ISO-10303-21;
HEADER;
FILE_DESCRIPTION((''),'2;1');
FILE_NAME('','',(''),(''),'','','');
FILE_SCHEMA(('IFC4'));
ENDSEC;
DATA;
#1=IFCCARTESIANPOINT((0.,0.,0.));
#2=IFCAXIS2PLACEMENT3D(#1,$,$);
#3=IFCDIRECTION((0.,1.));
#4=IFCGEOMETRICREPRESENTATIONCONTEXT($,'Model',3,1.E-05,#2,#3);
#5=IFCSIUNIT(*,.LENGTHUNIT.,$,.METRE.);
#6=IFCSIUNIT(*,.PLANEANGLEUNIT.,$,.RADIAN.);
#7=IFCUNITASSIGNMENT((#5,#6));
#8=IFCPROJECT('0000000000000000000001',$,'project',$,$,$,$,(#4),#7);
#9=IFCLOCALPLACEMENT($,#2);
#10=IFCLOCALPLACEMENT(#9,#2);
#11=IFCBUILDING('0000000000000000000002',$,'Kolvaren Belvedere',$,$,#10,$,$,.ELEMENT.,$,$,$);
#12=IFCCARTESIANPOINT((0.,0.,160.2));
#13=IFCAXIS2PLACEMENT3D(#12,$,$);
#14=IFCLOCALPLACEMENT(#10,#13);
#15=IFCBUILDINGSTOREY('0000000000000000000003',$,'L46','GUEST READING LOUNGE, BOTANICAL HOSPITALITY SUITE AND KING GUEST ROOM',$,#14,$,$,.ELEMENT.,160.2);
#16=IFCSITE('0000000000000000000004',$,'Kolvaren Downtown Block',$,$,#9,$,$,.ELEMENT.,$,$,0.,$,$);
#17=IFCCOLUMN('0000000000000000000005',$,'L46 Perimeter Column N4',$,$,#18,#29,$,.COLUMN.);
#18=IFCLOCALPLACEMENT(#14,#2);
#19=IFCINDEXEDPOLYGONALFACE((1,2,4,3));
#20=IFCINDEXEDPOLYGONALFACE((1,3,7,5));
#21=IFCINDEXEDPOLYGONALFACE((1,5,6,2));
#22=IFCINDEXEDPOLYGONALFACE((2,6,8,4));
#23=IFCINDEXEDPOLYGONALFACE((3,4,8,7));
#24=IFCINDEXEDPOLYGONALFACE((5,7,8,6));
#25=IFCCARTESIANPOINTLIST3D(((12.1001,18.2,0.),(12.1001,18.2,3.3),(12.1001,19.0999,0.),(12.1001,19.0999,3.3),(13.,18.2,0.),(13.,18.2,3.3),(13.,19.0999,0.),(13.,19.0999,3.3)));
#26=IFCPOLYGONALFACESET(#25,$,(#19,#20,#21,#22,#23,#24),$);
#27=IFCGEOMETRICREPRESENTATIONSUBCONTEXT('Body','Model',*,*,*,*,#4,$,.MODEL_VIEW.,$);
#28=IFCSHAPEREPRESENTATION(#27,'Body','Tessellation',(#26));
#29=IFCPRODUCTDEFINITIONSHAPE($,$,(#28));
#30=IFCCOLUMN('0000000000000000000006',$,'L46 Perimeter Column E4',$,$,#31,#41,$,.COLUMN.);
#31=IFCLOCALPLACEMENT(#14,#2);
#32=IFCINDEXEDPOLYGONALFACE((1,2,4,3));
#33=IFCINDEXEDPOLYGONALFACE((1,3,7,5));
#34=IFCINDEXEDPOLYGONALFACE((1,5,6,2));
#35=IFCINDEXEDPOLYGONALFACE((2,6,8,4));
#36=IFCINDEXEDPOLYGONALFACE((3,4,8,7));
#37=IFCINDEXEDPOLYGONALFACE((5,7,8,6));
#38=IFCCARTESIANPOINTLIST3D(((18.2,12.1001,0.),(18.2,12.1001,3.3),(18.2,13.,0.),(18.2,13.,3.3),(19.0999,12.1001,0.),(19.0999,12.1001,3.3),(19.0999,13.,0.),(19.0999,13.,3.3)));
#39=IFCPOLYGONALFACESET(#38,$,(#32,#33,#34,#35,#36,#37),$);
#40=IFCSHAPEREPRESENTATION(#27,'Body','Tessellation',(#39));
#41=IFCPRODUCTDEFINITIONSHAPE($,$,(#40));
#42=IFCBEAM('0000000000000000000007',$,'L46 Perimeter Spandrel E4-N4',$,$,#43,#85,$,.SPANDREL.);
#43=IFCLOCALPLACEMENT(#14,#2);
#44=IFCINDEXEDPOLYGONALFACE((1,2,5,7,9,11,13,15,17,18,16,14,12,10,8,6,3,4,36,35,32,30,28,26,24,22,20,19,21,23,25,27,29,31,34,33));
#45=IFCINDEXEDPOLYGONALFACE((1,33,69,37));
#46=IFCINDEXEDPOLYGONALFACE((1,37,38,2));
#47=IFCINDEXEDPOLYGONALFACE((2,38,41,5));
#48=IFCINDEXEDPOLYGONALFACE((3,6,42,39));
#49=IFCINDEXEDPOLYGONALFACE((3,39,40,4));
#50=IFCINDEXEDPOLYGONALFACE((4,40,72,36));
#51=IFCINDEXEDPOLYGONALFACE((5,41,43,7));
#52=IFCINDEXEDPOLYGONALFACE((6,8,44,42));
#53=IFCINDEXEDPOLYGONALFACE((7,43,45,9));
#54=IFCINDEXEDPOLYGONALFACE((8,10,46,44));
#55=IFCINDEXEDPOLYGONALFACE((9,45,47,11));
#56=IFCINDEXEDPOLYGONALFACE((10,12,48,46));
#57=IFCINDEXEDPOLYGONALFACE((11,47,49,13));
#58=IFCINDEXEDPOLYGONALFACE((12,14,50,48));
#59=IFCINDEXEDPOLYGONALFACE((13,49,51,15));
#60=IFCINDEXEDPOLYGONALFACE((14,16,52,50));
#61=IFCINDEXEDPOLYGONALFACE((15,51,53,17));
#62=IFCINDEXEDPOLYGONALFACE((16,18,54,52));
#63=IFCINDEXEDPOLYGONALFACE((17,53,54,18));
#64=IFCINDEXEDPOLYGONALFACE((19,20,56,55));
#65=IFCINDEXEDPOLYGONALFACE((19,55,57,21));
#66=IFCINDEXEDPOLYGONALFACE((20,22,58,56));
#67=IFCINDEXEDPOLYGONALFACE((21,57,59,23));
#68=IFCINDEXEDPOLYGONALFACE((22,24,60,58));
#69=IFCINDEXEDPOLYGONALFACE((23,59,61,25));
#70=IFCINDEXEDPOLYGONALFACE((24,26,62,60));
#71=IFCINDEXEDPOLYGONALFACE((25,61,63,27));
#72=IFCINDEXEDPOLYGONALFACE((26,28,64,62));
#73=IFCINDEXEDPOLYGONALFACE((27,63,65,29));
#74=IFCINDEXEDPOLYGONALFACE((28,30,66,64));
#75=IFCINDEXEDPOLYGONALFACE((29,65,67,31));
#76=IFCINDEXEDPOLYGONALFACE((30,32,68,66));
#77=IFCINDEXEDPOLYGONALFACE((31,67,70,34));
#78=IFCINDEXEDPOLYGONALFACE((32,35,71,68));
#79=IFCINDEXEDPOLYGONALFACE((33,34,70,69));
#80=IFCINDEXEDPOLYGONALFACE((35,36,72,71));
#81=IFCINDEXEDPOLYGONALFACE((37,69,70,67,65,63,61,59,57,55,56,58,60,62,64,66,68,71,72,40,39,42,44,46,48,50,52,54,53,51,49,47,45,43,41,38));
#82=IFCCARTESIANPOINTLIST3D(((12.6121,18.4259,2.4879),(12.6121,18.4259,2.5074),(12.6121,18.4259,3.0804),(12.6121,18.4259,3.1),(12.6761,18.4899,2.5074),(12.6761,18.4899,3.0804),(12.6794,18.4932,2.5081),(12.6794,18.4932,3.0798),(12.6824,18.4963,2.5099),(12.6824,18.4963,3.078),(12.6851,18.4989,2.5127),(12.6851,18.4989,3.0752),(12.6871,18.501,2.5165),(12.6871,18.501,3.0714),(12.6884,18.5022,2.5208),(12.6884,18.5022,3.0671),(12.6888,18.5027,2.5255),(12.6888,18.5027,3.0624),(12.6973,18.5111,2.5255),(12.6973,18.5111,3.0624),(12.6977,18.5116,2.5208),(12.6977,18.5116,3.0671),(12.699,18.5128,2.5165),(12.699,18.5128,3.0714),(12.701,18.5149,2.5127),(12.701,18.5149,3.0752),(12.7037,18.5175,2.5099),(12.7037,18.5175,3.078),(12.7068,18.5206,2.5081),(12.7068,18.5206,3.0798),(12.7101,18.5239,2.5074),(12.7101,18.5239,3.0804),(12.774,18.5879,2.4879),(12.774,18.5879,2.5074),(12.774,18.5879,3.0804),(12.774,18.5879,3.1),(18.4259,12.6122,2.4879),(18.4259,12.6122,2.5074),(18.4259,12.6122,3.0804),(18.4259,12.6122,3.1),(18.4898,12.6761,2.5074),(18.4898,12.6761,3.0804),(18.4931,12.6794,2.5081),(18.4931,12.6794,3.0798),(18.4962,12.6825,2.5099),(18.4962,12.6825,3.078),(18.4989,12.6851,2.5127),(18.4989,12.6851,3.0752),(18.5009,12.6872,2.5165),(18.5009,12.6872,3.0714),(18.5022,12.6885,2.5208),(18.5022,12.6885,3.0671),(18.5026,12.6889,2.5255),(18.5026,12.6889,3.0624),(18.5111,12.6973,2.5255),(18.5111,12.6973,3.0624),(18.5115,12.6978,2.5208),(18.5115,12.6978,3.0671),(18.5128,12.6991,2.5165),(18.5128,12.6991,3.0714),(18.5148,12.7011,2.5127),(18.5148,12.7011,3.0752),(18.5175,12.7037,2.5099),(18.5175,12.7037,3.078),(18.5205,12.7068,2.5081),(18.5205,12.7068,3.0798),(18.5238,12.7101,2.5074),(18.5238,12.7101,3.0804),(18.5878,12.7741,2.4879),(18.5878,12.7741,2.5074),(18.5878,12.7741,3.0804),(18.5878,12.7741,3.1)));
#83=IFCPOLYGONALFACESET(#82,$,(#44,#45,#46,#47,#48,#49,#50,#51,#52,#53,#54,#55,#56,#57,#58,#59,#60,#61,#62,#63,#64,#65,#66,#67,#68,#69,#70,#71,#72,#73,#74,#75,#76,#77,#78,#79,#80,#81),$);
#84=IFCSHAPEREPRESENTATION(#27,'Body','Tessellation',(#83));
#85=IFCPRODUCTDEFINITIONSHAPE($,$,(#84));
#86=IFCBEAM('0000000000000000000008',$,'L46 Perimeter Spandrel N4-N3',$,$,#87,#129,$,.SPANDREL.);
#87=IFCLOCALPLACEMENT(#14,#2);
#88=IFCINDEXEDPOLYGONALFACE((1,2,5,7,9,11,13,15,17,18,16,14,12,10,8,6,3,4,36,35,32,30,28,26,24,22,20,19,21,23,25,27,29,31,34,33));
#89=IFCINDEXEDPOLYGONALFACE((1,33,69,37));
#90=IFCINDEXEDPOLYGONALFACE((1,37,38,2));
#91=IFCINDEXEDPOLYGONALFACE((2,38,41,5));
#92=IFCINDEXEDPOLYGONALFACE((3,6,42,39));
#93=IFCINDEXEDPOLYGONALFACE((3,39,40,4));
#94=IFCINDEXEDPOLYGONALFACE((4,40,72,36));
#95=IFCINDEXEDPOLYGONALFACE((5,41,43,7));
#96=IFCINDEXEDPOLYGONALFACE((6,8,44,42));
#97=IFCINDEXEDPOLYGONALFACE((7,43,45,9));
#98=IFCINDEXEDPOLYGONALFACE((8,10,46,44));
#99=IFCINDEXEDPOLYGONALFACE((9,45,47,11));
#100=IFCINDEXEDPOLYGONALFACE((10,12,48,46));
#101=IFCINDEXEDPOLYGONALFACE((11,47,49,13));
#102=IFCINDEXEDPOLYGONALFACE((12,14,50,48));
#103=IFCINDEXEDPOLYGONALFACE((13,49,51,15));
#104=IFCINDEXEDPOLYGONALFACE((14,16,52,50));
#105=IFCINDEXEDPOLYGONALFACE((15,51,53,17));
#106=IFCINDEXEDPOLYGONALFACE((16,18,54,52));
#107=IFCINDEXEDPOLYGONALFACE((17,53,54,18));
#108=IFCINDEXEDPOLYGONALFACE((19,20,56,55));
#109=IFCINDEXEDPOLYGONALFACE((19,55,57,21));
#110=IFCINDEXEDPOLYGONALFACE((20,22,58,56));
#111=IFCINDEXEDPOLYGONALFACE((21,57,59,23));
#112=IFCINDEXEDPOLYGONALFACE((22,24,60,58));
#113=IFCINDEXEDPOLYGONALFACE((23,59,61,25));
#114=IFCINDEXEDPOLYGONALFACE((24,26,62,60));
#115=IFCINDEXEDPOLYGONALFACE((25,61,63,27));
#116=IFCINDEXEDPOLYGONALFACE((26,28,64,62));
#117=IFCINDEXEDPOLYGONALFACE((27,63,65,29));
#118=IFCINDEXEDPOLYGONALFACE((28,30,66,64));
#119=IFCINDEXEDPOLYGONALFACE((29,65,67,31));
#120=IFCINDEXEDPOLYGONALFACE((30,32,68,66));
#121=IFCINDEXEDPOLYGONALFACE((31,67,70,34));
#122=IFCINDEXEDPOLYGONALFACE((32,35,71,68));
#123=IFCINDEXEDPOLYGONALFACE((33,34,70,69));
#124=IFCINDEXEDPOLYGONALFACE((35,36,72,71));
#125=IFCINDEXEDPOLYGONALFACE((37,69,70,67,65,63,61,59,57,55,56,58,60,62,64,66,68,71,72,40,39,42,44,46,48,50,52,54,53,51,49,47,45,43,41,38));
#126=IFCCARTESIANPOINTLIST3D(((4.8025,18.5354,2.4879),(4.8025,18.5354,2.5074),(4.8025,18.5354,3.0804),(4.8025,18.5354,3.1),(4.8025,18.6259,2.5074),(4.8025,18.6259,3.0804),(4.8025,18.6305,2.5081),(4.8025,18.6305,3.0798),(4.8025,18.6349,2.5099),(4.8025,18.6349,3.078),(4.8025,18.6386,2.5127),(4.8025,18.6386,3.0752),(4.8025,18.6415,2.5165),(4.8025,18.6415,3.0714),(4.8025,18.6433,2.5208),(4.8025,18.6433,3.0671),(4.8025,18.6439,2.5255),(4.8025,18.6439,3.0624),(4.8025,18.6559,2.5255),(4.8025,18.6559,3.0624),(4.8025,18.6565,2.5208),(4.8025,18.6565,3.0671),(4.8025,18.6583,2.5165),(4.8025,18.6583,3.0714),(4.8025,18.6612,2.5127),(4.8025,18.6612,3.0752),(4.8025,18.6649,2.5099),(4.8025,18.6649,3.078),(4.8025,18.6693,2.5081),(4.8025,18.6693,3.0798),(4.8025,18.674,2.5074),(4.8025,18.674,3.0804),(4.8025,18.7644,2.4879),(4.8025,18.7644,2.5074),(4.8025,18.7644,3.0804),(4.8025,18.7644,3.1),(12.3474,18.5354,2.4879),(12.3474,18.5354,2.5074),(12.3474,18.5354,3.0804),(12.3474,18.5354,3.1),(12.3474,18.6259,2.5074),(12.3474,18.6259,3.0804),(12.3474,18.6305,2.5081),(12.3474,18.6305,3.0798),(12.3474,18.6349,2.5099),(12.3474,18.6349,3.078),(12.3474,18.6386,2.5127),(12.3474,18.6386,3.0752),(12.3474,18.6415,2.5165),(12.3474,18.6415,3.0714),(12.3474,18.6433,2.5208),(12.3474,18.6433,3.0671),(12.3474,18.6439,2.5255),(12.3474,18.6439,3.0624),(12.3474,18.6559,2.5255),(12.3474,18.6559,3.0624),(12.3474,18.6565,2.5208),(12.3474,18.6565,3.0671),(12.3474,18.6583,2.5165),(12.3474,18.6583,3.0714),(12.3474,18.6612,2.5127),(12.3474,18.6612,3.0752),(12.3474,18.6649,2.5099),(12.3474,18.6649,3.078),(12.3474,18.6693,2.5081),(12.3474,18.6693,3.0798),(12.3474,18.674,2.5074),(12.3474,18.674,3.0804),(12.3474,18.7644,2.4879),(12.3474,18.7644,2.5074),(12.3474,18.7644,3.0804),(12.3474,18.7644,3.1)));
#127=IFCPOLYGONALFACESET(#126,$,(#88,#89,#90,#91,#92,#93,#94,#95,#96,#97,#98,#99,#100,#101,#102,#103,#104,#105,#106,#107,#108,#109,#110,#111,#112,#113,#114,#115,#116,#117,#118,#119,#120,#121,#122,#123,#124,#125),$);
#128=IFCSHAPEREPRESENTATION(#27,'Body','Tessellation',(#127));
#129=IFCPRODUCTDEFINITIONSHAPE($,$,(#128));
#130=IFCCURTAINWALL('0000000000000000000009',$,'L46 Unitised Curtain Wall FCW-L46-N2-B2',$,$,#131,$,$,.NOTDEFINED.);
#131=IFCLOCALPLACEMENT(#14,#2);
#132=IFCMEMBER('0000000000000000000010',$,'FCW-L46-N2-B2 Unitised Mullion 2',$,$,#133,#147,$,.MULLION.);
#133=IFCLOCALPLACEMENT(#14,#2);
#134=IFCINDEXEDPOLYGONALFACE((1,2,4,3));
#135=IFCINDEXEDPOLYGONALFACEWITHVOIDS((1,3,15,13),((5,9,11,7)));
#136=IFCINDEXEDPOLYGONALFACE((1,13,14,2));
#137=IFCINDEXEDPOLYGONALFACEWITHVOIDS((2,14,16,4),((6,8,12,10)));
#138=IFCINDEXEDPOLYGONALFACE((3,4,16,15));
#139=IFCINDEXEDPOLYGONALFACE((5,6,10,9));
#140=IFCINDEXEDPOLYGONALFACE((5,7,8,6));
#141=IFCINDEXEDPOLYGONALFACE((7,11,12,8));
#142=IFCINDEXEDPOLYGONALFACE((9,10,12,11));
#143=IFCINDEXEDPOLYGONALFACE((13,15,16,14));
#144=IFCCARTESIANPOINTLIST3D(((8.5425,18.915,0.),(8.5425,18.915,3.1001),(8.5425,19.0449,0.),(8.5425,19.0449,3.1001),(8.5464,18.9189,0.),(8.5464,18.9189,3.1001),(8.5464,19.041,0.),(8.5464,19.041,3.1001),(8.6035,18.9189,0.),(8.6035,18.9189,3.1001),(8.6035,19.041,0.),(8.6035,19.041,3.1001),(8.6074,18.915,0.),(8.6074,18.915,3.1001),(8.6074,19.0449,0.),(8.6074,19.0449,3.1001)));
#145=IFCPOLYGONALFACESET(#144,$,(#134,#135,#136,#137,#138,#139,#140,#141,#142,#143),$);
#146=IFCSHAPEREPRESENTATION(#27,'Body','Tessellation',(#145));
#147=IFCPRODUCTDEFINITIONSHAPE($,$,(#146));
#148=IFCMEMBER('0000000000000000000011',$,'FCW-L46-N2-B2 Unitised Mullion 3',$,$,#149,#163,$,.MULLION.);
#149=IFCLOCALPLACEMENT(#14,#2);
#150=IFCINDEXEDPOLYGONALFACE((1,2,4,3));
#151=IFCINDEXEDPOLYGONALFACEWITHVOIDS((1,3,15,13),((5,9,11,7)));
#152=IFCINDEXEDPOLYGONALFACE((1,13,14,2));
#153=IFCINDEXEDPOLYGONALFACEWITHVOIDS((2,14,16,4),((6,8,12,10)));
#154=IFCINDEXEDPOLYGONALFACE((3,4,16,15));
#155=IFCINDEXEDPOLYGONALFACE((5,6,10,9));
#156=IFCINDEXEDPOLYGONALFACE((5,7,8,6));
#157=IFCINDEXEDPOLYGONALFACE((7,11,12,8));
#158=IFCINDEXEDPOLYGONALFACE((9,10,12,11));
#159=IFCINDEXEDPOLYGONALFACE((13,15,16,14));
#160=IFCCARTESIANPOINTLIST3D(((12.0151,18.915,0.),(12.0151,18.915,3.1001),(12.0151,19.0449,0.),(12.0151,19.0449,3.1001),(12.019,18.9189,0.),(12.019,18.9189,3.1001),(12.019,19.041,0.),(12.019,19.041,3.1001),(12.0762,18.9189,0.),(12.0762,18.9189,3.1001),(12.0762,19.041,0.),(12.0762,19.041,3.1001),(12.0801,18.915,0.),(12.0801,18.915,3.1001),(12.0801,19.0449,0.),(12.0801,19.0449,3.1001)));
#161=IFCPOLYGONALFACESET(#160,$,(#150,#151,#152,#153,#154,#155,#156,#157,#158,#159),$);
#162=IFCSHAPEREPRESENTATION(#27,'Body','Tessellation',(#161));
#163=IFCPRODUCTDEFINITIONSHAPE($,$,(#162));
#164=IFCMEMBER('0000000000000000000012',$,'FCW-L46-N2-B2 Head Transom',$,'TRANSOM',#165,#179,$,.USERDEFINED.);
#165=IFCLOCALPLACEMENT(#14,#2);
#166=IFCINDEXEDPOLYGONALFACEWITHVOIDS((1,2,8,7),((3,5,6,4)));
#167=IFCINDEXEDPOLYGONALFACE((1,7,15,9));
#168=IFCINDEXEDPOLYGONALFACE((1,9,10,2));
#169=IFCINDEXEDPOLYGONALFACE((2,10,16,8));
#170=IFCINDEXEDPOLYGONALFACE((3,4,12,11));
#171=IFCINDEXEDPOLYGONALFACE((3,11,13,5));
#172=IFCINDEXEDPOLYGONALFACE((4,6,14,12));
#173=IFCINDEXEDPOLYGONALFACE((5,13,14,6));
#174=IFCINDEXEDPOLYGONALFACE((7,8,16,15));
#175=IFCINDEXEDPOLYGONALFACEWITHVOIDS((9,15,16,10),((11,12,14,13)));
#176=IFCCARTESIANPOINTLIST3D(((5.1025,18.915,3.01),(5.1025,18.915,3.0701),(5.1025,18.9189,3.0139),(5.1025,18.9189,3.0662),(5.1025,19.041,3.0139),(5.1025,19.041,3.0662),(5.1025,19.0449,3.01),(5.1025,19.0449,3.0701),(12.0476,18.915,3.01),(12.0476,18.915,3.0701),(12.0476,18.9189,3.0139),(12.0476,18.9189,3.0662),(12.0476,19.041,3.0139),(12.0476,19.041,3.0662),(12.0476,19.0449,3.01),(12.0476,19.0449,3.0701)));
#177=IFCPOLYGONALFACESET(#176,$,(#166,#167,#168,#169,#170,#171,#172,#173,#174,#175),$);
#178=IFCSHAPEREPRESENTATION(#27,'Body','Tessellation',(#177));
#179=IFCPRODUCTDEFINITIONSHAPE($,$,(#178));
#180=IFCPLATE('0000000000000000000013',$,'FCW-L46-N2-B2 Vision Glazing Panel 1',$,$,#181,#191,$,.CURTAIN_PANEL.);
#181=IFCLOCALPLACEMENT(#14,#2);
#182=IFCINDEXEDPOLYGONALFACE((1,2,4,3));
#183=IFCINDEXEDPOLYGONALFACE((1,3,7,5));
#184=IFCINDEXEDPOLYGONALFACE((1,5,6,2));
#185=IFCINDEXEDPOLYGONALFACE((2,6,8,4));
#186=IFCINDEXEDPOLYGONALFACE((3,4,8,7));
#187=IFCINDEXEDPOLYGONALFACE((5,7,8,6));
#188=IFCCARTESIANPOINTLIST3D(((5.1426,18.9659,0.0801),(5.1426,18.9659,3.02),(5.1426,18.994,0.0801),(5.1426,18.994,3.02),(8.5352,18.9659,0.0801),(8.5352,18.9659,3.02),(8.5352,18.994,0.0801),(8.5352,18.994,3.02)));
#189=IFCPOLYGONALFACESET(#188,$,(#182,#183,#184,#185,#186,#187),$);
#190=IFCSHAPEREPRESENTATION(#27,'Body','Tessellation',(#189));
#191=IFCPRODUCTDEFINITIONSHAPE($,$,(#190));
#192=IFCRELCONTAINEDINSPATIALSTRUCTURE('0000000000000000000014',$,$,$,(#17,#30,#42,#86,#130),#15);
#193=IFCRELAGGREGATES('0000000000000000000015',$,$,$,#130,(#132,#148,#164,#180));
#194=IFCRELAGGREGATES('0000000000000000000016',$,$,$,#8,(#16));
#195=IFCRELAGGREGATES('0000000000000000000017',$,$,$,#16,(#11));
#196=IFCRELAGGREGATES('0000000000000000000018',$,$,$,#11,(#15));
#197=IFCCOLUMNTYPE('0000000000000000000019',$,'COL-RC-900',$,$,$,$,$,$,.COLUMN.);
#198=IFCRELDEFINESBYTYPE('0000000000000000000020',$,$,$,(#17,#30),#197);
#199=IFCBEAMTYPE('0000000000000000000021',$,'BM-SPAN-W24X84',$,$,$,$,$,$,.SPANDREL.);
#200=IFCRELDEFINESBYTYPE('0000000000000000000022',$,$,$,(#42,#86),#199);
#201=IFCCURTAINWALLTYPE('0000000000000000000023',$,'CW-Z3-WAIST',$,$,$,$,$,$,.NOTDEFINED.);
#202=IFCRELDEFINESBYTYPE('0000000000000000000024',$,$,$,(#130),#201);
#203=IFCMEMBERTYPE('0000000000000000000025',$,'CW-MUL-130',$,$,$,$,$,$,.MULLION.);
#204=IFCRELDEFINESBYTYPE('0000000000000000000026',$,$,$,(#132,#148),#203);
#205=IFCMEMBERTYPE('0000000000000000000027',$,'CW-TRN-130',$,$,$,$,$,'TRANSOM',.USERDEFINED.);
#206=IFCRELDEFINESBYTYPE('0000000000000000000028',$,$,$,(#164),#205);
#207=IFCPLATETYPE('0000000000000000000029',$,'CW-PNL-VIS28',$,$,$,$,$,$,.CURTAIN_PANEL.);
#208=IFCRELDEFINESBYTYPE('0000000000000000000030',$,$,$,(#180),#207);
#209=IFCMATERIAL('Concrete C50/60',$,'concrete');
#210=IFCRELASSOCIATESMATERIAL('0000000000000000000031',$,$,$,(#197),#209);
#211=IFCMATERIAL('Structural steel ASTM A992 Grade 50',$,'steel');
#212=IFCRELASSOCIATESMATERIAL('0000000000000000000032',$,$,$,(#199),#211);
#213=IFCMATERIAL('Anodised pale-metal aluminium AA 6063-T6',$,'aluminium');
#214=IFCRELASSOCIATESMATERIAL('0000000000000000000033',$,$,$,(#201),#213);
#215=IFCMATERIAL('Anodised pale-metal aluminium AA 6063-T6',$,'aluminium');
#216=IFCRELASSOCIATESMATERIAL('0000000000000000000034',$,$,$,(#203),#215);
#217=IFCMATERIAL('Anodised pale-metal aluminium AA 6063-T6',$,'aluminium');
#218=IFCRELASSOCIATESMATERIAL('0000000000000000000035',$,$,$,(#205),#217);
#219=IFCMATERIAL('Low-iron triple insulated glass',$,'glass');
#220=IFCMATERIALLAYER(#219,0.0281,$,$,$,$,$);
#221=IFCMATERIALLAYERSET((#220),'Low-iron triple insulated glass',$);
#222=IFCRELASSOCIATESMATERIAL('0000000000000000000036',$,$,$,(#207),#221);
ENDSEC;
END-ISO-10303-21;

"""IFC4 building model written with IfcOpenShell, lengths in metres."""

from ifc_helpers import new_model, si_unit, direction, frame, origin, origin_2d, place, context, subcontext, project, spatial, rectangle, hollow_rectangle, i_section, extrude, material, layer, layer_set, material_profile, profile_set, type_object, element, aggregate, save


model = new_model("IFC4")

# Units and contexts
model_context = context("Model", 3, precision=1e-05, world=origin(), true_north=direction((0.0, 1.0)))
body_context = subcontext(model_context, "Body", "Model", "MODEL_VIEW")
ifc_project = project(units=[si_unit("LENGTHUNIT", "METRE"), si_unit("PLANEANGLEUNIT", "RADIAN")], contexts=[model_context])

# Site, building, storey
site_placement = place(None, origin())
site = spatial("IfcSite", under=ifc_project, at=site_placement, Name="Kolvaren Downtown Block", CompositionType="ELEMENT", RefElevation=0.0)
building_placement = place(site_placement, origin())
building = spatial("IfcBuilding", under=site, at=building_placement, Name="Kolvaren Belvedere", CompositionType="ELEMENT")
storey_placement = place(building_placement, frame((0.0, 0.0, 160.2)))
storey = spatial("IfcBuildingStorey", under=building, at=storey_placement, Name="L46", Description="GUEST READING LOUNGE, BOTANICAL HOSPITALITY SUITE AND KING GUEST ROOM", CompositionType="ELEMENT", Elevation=160.2)

# Columns
ifc_material_1 = material(Name="Concrete C50/60", Category="concrete")
ifc_material_profile_1 = material_profile(ifc_material_1, rectangle(XDim=0.8999, YDim=0.8999, at=origin_2d()), Name="RC 900X900")
ifc_profile_set_1 = profile_set([ifc_material_profile_1], Name="Concrete C50/60")
column_type = type_object("IfcColumnType", Name="COL-RC-900", PredefinedType="COLUMN", material=ifc_profile_set_1)
for number, where, z_axis, x_axis, name in (
    (1, (12.55, 18.6499, 0.0), (0.0, 0.0, 1.0), (1.0, 0.0, 0.0), "L46 Perimeter Column N4"),
    (2, (18.6499, 12.55, 0.0), (0.0, 0.0, 1.0), (1.0, 0.0, 0.0), "L46 Perimeter Column E4"),
):
    element("IfcColumn", number, at=place(storey_placement, frame(where, z_axis=z_axis, x_axis=x_axis)), inside=storey, type_object=column_type, Name=name, PredefinedType="COLUMN", context=body_context, shape_type="SweptSolid", body=[
        extrude(rectangle(XDim=0.8999, YDim=0.8999, at=origin_2d()), origin(), (0.0, 0.0, 1.0), 3.3),
    ])

# Beams
ifc_material_2 = material(Name="Structural steel ASTM A992 Grade 50", Category="steel")
ifc_material_profile_2 = material_profile(ifc_material_2, i_section(OverallWidth=0.229, OverallDepth=0.6121, WebThickness=0.012, FlangeThickness=0.0195, FilletRadius=0.0181, at=origin_2d()), Name="W24X84")
ifc_profile_set_2 = profile_set([ifc_material_profile_2], Name="Structural steel ASTM A992 Grade 50")
beam_type = type_object("IfcBeamType", Name="BM-SPAN-W24X84", PredefinedType="SPANDREL", material=ifc_profile_set_2)
beam_1_placement = place(storey_placement, frame((18.5068, 12.6931, 2.7939), z_axis=(-0.707107, 0.707107, 0.0), x_axis=(-0.707107, -0.707107, 0.0)))
element("IfcBeam", 3, at=beam_1_placement, inside=storey, type_object=beam_type, Name="L46 Perimeter Spandrel E4-N4", PredefinedType="SPANDREL", context=body_context, shape_type="SweptSolid", body=[
    extrude(i_section(OverallWidth=0.229, OverallDepth=0.6121, WebThickness=0.012, FlangeThickness=0.0195, FilletRadius=0.0181, at=origin_2d()), origin(), (0.0, 0.0, 1.0), 8.2219),
])
beam_2_placement = place(storey_placement, frame((12.3474, 18.6499, 2.7939), z_axis=(-1.0, 0.0, 0.0), x_axis=(0.0, -1.0, 0.0)))
element("IfcBeam", 4, at=beam_2_placement, inside=storey, type_object=beam_type, Name="L46 Perimeter Spandrel N4-N3", PredefinedType="SPANDREL", context=body_context, shape_type="SweptSolid", body=[
    extrude(i_section(OverallWidth=0.229, OverallDepth=0.6121, WebThickness=0.012, FlangeThickness=0.0195, FilletRadius=0.0181, at=origin_2d()), origin(), (0.0, 0.0, 1.0), 7.5449),
])

# Curtain wall, members, plate
ifc_material_3 = material(Name="Anodised pale-metal aluminium AA 6063-T6", Category="aluminium")
curtain_wall_type = type_object("IfcCurtainWallType", Name="CW-Z3-WAIST", PredefinedType="NOTDEFINED", material=ifc_material_3)
curtain_wall_placement = place(storey_placement, origin())
curtain_wall = element("IfcCurtainWall", 5, at=curtain_wall_placement, inside=storey, type_object=curtain_wall_type, Name="L46 Unitised Curtain Wall FCW-L46-N2-B2", PredefinedType="NOTDEFINED")
ifc_material_4 = material(Name="Anodised pale-metal aluminium AA 6063-T6", Category="aluminium")
ifc_material_profile_3 = material_profile(ifc_material_4, hollow_rectangle(XDim=0.0649, YDim=0.1299, WallThickness=0.0039, at=origin_2d()), Name="ALU-MUL-130X65")
ifc_profile_set_3 = profile_set([ifc_material_profile_3], Name="Anodised pale-metal aluminium AA 6063-T6")
member_type_1 = type_object("IfcMemberType", Name="CW-MUL-130", PredefinedType="MULLION", material=ifc_profile_set_3)
member_1_placement = place(storey_placement, frame((8.575, 18.98, 0.0), z_axis=(0.0, 0.0, 1.0), x_axis=(1.0, 0.0, 0.0)))
member_1 = element("IfcMember", 6, at=member_1_placement, type_object=member_type_1, Name="FCW-L46-N2-B2 Unitised Mullion 2", PredefinedType="MULLION", context=body_context, shape_type="SweptSolid", body=[
    extrude(hollow_rectangle(XDim=0.0649, YDim=0.1299, WallThickness=0.0039, at=origin_2d()), origin(), (0.0, 0.0, 1.0), 3.1001),
])
member_2_placement = place(storey_placement, frame((12.0476, 18.98, 0.0), z_axis=(0.0, 0.0, 1.0), x_axis=(1.0, 0.0, 0.0)))
member_2 = element("IfcMember", 7, at=member_2_placement, type_object=member_type_1, Name="FCW-L46-N2-B2 Unitised Mullion 3", PredefinedType="MULLION", context=body_context, shape_type="SweptSolid", body=[
    extrude(hollow_rectangle(XDim=0.0649, YDim=0.1299, WallThickness=0.0039, at=origin_2d()), origin(), (0.0, 0.0, 1.0), 3.1001),
])
ifc_material_5 = material(Name="Anodised pale-metal aluminium AA 6063-T6", Category="aluminium")
ifc_material_profile_4 = material_profile(ifc_material_5, hollow_rectangle(XDim=0.0601, YDim=0.1299, WallThickness=0.0039, at=origin_2d()), Name="ALU-TRN-130X60")
ifc_profile_set_4 = profile_set([ifc_material_profile_4], Name="Anodised pale-metal aluminium AA 6063-T6")
member_type_2 = type_object("IfcMemberType", Name="CW-TRN-130", ElementType="TRANSOM", PredefinedType="USERDEFINED", material=ifc_profile_set_4)
member_3_placement = place(storey_placement, frame((5.1025, 18.98, 3.04), z_axis=(1.0, 0.0, 0.0), x_axis=(0.0, 0.0, 1.0)))
member_3 = element("IfcMember", 8, at=member_3_placement, type_object=member_type_2, Name="FCW-L46-N2-B2 Head Transom", ObjectType="TRANSOM", PredefinedType="USERDEFINED", context=body_context, shape_type="SweptSolid", body=[
    extrude(hollow_rectangle(XDim=0.0601, YDim=0.1299, WallThickness=0.0039, at=origin_2d()), origin(), (0.0, 0.0, 1.0), 6.9451),
])
ifc_material_6 = material(Name="Low-iron triple insulated glass", Category="glass")
ifc_layer_1 = layer(ifc_material_6, 0.0281)
ifc_layer_set_1 = layer_set([ifc_layer_1], Name="Low-iron triple insulated glass")
plate_type_1 = type_object("IfcPlateType", Name="CW-PNL-VIS28", PredefinedType="CURTAIN_PANEL", material=ifc_layer_set_1)
plate_1_placement = place(storey_placement, frame((6.8389, 18.98, 0.0801), z_axis=(0.0, 0.0, 1.0), x_axis=(1.0, 0.0, 0.0)))
plate_1 = element("IfcPlate", 9, at=plate_1_placement, type_object=plate_type_1, Name="FCW-L46-N2-B2 Vision Glazing Panel 1", PredefinedType="CURTAIN_PANEL", context=body_context, shape_type="SweptSolid", body=[
    extrude(rectangle(XDim=3.3926, YDim=0.0281, at=origin_2d()), origin(), (0.0, 0.0, 1.0), 2.9399),
])
aggregate(curtain_wall, [member_1, member_2, member_3, plate_1])

save(model, "model.ifc")
